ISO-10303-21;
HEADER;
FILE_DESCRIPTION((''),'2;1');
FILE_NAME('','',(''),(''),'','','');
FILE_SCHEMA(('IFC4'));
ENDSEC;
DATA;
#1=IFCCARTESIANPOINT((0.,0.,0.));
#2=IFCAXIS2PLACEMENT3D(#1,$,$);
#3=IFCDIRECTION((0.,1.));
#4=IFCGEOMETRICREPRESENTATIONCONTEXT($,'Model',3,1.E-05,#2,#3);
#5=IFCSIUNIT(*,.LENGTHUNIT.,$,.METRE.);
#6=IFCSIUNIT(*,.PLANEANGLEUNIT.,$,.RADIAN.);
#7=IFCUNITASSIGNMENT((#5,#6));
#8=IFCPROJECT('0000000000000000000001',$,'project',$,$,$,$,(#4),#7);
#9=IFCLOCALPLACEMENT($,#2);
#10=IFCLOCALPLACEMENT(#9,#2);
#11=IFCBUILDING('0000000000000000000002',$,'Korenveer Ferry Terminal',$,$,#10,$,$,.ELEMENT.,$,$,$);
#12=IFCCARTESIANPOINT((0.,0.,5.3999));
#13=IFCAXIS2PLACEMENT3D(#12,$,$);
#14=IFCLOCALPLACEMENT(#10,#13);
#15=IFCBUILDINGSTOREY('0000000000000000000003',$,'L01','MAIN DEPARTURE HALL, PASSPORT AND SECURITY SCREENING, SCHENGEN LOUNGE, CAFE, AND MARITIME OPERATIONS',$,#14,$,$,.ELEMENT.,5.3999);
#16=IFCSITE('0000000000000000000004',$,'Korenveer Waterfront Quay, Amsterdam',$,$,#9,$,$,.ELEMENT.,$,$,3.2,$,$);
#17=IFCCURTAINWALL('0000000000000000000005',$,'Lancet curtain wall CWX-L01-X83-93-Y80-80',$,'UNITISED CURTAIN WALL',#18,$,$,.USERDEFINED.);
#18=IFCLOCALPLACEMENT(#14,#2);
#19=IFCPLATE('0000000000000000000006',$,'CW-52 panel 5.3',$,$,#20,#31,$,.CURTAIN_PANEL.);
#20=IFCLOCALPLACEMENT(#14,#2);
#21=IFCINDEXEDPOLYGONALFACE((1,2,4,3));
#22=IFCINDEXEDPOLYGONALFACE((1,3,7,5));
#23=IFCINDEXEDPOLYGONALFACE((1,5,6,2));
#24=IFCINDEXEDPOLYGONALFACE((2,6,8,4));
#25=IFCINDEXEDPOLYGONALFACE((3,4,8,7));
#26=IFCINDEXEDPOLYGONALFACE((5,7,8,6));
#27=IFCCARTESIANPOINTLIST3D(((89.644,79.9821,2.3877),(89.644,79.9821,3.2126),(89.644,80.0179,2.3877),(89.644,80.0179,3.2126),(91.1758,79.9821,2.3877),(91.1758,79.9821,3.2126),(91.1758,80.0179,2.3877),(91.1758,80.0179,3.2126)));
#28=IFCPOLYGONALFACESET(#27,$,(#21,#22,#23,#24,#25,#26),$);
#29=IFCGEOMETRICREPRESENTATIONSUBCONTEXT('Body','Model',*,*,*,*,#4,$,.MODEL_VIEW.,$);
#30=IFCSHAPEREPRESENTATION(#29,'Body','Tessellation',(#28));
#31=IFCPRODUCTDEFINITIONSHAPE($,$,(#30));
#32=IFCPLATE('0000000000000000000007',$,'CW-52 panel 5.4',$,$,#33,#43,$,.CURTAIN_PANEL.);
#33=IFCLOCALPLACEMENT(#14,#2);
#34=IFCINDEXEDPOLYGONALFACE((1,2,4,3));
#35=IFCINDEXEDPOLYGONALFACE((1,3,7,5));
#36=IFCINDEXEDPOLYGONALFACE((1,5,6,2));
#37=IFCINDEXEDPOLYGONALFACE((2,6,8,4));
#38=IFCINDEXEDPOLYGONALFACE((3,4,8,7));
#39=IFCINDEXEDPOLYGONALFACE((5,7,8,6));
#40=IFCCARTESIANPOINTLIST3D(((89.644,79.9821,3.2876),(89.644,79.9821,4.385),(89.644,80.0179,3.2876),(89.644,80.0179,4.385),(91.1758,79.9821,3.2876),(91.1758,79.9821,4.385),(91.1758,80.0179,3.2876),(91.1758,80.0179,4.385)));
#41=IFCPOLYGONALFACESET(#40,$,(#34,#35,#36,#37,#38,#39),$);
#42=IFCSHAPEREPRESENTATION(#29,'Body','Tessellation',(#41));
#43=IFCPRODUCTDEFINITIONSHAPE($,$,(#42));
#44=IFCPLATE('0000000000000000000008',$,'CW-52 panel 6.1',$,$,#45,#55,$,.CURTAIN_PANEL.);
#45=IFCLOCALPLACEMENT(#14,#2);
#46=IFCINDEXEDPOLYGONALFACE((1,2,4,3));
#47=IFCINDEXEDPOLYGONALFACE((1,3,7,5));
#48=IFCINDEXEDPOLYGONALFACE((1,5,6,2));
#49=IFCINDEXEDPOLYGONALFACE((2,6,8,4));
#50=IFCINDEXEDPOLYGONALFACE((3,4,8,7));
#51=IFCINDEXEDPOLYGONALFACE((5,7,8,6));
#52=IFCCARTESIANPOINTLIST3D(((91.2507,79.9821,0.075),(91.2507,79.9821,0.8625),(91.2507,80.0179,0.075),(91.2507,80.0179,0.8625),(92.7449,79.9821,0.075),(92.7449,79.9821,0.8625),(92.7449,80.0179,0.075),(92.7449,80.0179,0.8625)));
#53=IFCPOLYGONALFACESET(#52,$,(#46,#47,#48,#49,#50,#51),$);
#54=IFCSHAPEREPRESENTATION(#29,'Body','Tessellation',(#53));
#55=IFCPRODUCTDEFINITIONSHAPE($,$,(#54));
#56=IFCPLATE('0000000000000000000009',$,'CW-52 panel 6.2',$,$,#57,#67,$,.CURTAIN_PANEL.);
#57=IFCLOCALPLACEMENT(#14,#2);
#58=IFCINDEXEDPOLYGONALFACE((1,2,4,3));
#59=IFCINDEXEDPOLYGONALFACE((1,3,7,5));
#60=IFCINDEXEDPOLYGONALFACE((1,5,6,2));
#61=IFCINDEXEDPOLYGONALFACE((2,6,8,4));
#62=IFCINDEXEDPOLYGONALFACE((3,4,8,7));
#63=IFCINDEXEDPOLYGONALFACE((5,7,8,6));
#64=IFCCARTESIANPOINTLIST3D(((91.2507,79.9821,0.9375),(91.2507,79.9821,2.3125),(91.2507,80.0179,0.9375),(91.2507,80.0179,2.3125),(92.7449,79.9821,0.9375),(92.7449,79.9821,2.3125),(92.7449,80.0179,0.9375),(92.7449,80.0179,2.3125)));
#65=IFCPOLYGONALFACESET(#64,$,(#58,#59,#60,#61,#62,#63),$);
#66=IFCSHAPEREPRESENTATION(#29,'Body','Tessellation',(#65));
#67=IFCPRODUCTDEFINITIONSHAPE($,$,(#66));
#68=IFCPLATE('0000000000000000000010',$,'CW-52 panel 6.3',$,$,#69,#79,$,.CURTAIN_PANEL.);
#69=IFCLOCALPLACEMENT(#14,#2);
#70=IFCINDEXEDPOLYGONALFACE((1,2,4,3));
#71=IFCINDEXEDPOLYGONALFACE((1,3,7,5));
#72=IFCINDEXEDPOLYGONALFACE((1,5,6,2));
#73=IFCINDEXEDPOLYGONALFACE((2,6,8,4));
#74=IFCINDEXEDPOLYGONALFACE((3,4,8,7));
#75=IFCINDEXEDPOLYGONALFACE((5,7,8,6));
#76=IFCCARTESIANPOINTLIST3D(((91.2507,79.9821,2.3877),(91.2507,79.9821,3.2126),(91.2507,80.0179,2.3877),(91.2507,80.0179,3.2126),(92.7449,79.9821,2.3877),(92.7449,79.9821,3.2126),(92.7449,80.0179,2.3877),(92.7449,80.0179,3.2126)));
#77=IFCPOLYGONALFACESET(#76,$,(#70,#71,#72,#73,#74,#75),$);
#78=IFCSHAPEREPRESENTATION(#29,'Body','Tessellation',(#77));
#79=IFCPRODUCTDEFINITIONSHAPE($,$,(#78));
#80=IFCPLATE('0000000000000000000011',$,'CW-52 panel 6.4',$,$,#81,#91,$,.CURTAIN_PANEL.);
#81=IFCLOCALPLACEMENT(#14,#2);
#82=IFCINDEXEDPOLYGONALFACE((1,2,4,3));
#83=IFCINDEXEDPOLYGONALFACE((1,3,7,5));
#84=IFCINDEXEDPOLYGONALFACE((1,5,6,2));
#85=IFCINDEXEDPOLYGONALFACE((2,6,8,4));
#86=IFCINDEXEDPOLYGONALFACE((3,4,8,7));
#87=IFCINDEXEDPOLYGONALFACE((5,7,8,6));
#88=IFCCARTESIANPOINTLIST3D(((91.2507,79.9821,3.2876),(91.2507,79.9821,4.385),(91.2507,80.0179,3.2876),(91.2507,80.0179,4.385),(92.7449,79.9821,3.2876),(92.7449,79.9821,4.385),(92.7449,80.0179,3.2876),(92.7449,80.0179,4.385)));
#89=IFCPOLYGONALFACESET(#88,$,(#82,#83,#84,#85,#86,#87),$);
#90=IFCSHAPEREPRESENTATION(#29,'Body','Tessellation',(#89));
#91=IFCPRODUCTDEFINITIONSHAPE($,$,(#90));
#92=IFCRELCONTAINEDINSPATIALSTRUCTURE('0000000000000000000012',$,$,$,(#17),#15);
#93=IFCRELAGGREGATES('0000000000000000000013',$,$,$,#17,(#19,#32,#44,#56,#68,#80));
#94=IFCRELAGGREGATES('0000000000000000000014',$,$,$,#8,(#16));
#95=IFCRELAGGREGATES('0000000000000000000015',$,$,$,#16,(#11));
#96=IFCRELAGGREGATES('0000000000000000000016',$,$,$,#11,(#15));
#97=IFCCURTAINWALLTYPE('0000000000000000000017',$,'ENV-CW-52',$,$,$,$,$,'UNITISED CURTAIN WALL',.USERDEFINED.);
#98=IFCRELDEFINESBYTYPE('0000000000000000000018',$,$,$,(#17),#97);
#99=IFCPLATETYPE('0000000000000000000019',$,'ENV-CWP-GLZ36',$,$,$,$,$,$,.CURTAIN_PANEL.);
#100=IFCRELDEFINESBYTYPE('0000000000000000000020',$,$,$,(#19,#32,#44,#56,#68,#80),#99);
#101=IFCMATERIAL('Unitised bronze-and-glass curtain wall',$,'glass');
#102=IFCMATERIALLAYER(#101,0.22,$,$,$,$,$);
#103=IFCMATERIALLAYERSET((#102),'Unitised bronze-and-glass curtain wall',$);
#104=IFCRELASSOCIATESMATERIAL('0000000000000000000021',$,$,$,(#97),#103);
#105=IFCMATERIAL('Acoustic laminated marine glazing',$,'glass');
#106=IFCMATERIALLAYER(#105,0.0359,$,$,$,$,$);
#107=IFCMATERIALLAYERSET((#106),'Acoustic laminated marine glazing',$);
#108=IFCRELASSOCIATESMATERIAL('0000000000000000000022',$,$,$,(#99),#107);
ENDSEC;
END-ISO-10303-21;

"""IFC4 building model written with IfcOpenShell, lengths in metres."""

from ifc_helpers import new_model, si_unit, direction, frame, origin, origin_2d, place, context, subcontext, project, spatial, rectangle, extrude, material, layer, layer_set, type_object, element, aggregate, save


model = new_model("IFC4")

# Units and contexts
model_context = context("Model", 3, precision=1e-05, world=origin(), true_north=direction((0.0, 1.0)))
body_context = subcontext(model_context, "Body", "Model", "MODEL_VIEW")
ifc_project = project(units=[si_unit("LENGTHUNIT", "METRE"), si_unit("PLANEANGLEUNIT", "RADIAN")], contexts=[model_context])

# Site, building, storey
site_placement = place(None, origin())
site = spatial("IfcSite", under=ifc_project, at=site_placement, Name="Korenveer Waterfront Quay, Amsterdam", CompositionType="ELEMENT", RefElevation=3.2)
building_placement = place(site_placement, origin())
building = spatial("IfcBuilding", under=site, at=building_placement, Name="Korenveer Ferry Terminal", CompositionType="ELEMENT")
storey_placement = place(building_placement, frame((0.0, 0.0, 5.3999)))
storey = spatial("IfcBuildingStorey", under=building, at=storey_placement, Name="L01", Description="MAIN DEPARTURE HALL, PASSPORT AND SECURITY SCREENING, SCHENGEN LOUNGE, CAFE, AND MARITIME OPERATIONS", CompositionType="ELEMENT", Elevation=5.3999)

# Curtain wall
ifc_material_1 = material(Name="Unitised bronze-and-glass curtain wall", Category="glass")
ifc_layer_1 = layer(ifc_material_1, 0.22)
ifc_layer_set_1 = layer_set([ifc_layer_1], Name="Unitised bronze-and-glass curtain wall")
curtain_wall_type = type_object("IfcCurtainWallType", Name="ENV-CW-52", ElementType="UNITISED CURTAIN WALL", PredefinedType="USERDEFINED", material=ifc_layer_set_1)
curtain_wall_1_placement = place(storey_placement, frame((83.1799, 80.0, 0.0)))
curtain_wall_1 = element("IfcCurtainWall", 1, at=curtain_wall_1_placement, inside=storey, type_object=curtain_wall_type, Name="Lancet curtain wall CWX-L01-X83-93-Y80-80", ObjectType="UNITISED CURTAIN WALL", PredefinedType="USERDEFINED")

# Plates
ifc_material_2 = material(Name="Acoustic laminated marine glazing", Category="glass")
ifc_layer_2 = layer(ifc_material_2, 0.0359)
ifc_layer_set_2 = layer_set([ifc_layer_2], Name="Acoustic laminated marine glazing")
plate_type = type_object("IfcPlateType", Name="ENV-CWP-GLZ36", PredefinedType="CURTAIN_PANEL", material=ifc_layer_set_2)
plate_1_placement = place(storey_placement, frame((90.4099, 80.0, 2.3877), z_axis=(0.0, 0.0, 1.0), x_axis=(1.0, 0.0, 0.0)))
plate_1 = element("IfcPlate", 2, at=plate_1_placement, type_object=plate_type, Name="CW-52 panel 5.3", PredefinedType="CURTAIN_PANEL", context=body_context, shape_type="SweptSolid", body=[
    extrude(rectangle(XDim=1.5317, YDim=0.0359, at=origin_2d()), origin(), (0.0, 0.0, 1.0), 0.825),
])
plate_2_placement = place(storey_placement, frame((90.4099, 80.0, 3.2876), z_axis=(0.0, 0.0, 1.0), x_axis=(1.0, 0.0, 0.0)))
plate_2 = element("IfcPlate", 3, at=plate_2_placement, type_object=plate_type, Name="CW-52 panel 5.4", PredefinedType="CURTAIN_PANEL", context=body_context, shape_type="SweptSolid", body=[
    extrude(rectangle(XDim=1.5317, YDim=0.0359, at=origin_2d()), origin(), (0.0, 0.0, 1.0), 1.0974),
])
plate_3_placement = place(storey_placement, frame((91.9978, 80.0, 0.075), z_axis=(0.0, 0.0, 1.0), x_axis=(1.0, 0.0, 0.0)))
plate_3 = element("IfcPlate", 4, at=plate_3_placement, type_object=plate_type, Name="CW-52 panel 6.1", PredefinedType="CURTAIN_PANEL", context=body_context, shape_type="SweptSolid", body=[
    extrude(rectangle(XDim=1.4941, YDim=0.0359, at=origin_2d()), origin(), (0.0, 0.0, 1.0), 0.7876),
])
plate_4_placement = place(storey_placement, frame((91.9978, 80.0, 0.9375), z_axis=(0.0, 0.0, 1.0), x_axis=(1.0, 0.0, 0.0)))
plate_4 = element("IfcPlate", 5, at=plate_4_placement, type_object=plate_type, Name="CW-52 panel 6.2", PredefinedType="CURTAIN_PANEL", context=body_context, shape_type="SweptSolid", body=[
    extrude(rectangle(XDim=1.4941, YDim=0.0359, at=origin_2d()), origin(), (0.0, 0.0, 1.0), 1.375),
])
plate_5_placement = place(storey_placement, frame((91.9978, 80.0, 2.3877), z_axis=(0.0, 0.0, 1.0), x_axis=(1.0, 0.0, 0.0)))
plate_5 = element("IfcPlate", 6, at=plate_5_placement, type_object=plate_type, Name="CW-52 panel 6.3", PredefinedType="CURTAIN_PANEL", context=body_context, shape_type="SweptSolid", body=[
    extrude(rectangle(XDim=1.4941, YDim=0.0359, at=origin_2d()), origin(), (0.0, 0.0, 1.0), 0.825),
])
plate_6_placement = place(storey_placement, frame((91.9978, 80.0, 3.2876), z_axis=(0.0, 0.0, 1.0), x_axis=(1.0, 0.0, 0.0)))
plate_6 = element("IfcPlate", 7, at=plate_6_placement, type_object=plate_type, Name="CW-52 panel 6.4", PredefinedType="CURTAIN_PANEL", context=body_context, shape_type="SweptSolid", body=[
    extrude(rectangle(XDim=1.4941, YDim=0.0359, at=origin_2d()), origin(), (0.0, 0.0, 1.0), 1.0974),
])
aggregate(curtain_wall_1, [plate_1, plate_2, plate_3, plate_4, plate_5, plate_6])

save(model, "model.ifc")
